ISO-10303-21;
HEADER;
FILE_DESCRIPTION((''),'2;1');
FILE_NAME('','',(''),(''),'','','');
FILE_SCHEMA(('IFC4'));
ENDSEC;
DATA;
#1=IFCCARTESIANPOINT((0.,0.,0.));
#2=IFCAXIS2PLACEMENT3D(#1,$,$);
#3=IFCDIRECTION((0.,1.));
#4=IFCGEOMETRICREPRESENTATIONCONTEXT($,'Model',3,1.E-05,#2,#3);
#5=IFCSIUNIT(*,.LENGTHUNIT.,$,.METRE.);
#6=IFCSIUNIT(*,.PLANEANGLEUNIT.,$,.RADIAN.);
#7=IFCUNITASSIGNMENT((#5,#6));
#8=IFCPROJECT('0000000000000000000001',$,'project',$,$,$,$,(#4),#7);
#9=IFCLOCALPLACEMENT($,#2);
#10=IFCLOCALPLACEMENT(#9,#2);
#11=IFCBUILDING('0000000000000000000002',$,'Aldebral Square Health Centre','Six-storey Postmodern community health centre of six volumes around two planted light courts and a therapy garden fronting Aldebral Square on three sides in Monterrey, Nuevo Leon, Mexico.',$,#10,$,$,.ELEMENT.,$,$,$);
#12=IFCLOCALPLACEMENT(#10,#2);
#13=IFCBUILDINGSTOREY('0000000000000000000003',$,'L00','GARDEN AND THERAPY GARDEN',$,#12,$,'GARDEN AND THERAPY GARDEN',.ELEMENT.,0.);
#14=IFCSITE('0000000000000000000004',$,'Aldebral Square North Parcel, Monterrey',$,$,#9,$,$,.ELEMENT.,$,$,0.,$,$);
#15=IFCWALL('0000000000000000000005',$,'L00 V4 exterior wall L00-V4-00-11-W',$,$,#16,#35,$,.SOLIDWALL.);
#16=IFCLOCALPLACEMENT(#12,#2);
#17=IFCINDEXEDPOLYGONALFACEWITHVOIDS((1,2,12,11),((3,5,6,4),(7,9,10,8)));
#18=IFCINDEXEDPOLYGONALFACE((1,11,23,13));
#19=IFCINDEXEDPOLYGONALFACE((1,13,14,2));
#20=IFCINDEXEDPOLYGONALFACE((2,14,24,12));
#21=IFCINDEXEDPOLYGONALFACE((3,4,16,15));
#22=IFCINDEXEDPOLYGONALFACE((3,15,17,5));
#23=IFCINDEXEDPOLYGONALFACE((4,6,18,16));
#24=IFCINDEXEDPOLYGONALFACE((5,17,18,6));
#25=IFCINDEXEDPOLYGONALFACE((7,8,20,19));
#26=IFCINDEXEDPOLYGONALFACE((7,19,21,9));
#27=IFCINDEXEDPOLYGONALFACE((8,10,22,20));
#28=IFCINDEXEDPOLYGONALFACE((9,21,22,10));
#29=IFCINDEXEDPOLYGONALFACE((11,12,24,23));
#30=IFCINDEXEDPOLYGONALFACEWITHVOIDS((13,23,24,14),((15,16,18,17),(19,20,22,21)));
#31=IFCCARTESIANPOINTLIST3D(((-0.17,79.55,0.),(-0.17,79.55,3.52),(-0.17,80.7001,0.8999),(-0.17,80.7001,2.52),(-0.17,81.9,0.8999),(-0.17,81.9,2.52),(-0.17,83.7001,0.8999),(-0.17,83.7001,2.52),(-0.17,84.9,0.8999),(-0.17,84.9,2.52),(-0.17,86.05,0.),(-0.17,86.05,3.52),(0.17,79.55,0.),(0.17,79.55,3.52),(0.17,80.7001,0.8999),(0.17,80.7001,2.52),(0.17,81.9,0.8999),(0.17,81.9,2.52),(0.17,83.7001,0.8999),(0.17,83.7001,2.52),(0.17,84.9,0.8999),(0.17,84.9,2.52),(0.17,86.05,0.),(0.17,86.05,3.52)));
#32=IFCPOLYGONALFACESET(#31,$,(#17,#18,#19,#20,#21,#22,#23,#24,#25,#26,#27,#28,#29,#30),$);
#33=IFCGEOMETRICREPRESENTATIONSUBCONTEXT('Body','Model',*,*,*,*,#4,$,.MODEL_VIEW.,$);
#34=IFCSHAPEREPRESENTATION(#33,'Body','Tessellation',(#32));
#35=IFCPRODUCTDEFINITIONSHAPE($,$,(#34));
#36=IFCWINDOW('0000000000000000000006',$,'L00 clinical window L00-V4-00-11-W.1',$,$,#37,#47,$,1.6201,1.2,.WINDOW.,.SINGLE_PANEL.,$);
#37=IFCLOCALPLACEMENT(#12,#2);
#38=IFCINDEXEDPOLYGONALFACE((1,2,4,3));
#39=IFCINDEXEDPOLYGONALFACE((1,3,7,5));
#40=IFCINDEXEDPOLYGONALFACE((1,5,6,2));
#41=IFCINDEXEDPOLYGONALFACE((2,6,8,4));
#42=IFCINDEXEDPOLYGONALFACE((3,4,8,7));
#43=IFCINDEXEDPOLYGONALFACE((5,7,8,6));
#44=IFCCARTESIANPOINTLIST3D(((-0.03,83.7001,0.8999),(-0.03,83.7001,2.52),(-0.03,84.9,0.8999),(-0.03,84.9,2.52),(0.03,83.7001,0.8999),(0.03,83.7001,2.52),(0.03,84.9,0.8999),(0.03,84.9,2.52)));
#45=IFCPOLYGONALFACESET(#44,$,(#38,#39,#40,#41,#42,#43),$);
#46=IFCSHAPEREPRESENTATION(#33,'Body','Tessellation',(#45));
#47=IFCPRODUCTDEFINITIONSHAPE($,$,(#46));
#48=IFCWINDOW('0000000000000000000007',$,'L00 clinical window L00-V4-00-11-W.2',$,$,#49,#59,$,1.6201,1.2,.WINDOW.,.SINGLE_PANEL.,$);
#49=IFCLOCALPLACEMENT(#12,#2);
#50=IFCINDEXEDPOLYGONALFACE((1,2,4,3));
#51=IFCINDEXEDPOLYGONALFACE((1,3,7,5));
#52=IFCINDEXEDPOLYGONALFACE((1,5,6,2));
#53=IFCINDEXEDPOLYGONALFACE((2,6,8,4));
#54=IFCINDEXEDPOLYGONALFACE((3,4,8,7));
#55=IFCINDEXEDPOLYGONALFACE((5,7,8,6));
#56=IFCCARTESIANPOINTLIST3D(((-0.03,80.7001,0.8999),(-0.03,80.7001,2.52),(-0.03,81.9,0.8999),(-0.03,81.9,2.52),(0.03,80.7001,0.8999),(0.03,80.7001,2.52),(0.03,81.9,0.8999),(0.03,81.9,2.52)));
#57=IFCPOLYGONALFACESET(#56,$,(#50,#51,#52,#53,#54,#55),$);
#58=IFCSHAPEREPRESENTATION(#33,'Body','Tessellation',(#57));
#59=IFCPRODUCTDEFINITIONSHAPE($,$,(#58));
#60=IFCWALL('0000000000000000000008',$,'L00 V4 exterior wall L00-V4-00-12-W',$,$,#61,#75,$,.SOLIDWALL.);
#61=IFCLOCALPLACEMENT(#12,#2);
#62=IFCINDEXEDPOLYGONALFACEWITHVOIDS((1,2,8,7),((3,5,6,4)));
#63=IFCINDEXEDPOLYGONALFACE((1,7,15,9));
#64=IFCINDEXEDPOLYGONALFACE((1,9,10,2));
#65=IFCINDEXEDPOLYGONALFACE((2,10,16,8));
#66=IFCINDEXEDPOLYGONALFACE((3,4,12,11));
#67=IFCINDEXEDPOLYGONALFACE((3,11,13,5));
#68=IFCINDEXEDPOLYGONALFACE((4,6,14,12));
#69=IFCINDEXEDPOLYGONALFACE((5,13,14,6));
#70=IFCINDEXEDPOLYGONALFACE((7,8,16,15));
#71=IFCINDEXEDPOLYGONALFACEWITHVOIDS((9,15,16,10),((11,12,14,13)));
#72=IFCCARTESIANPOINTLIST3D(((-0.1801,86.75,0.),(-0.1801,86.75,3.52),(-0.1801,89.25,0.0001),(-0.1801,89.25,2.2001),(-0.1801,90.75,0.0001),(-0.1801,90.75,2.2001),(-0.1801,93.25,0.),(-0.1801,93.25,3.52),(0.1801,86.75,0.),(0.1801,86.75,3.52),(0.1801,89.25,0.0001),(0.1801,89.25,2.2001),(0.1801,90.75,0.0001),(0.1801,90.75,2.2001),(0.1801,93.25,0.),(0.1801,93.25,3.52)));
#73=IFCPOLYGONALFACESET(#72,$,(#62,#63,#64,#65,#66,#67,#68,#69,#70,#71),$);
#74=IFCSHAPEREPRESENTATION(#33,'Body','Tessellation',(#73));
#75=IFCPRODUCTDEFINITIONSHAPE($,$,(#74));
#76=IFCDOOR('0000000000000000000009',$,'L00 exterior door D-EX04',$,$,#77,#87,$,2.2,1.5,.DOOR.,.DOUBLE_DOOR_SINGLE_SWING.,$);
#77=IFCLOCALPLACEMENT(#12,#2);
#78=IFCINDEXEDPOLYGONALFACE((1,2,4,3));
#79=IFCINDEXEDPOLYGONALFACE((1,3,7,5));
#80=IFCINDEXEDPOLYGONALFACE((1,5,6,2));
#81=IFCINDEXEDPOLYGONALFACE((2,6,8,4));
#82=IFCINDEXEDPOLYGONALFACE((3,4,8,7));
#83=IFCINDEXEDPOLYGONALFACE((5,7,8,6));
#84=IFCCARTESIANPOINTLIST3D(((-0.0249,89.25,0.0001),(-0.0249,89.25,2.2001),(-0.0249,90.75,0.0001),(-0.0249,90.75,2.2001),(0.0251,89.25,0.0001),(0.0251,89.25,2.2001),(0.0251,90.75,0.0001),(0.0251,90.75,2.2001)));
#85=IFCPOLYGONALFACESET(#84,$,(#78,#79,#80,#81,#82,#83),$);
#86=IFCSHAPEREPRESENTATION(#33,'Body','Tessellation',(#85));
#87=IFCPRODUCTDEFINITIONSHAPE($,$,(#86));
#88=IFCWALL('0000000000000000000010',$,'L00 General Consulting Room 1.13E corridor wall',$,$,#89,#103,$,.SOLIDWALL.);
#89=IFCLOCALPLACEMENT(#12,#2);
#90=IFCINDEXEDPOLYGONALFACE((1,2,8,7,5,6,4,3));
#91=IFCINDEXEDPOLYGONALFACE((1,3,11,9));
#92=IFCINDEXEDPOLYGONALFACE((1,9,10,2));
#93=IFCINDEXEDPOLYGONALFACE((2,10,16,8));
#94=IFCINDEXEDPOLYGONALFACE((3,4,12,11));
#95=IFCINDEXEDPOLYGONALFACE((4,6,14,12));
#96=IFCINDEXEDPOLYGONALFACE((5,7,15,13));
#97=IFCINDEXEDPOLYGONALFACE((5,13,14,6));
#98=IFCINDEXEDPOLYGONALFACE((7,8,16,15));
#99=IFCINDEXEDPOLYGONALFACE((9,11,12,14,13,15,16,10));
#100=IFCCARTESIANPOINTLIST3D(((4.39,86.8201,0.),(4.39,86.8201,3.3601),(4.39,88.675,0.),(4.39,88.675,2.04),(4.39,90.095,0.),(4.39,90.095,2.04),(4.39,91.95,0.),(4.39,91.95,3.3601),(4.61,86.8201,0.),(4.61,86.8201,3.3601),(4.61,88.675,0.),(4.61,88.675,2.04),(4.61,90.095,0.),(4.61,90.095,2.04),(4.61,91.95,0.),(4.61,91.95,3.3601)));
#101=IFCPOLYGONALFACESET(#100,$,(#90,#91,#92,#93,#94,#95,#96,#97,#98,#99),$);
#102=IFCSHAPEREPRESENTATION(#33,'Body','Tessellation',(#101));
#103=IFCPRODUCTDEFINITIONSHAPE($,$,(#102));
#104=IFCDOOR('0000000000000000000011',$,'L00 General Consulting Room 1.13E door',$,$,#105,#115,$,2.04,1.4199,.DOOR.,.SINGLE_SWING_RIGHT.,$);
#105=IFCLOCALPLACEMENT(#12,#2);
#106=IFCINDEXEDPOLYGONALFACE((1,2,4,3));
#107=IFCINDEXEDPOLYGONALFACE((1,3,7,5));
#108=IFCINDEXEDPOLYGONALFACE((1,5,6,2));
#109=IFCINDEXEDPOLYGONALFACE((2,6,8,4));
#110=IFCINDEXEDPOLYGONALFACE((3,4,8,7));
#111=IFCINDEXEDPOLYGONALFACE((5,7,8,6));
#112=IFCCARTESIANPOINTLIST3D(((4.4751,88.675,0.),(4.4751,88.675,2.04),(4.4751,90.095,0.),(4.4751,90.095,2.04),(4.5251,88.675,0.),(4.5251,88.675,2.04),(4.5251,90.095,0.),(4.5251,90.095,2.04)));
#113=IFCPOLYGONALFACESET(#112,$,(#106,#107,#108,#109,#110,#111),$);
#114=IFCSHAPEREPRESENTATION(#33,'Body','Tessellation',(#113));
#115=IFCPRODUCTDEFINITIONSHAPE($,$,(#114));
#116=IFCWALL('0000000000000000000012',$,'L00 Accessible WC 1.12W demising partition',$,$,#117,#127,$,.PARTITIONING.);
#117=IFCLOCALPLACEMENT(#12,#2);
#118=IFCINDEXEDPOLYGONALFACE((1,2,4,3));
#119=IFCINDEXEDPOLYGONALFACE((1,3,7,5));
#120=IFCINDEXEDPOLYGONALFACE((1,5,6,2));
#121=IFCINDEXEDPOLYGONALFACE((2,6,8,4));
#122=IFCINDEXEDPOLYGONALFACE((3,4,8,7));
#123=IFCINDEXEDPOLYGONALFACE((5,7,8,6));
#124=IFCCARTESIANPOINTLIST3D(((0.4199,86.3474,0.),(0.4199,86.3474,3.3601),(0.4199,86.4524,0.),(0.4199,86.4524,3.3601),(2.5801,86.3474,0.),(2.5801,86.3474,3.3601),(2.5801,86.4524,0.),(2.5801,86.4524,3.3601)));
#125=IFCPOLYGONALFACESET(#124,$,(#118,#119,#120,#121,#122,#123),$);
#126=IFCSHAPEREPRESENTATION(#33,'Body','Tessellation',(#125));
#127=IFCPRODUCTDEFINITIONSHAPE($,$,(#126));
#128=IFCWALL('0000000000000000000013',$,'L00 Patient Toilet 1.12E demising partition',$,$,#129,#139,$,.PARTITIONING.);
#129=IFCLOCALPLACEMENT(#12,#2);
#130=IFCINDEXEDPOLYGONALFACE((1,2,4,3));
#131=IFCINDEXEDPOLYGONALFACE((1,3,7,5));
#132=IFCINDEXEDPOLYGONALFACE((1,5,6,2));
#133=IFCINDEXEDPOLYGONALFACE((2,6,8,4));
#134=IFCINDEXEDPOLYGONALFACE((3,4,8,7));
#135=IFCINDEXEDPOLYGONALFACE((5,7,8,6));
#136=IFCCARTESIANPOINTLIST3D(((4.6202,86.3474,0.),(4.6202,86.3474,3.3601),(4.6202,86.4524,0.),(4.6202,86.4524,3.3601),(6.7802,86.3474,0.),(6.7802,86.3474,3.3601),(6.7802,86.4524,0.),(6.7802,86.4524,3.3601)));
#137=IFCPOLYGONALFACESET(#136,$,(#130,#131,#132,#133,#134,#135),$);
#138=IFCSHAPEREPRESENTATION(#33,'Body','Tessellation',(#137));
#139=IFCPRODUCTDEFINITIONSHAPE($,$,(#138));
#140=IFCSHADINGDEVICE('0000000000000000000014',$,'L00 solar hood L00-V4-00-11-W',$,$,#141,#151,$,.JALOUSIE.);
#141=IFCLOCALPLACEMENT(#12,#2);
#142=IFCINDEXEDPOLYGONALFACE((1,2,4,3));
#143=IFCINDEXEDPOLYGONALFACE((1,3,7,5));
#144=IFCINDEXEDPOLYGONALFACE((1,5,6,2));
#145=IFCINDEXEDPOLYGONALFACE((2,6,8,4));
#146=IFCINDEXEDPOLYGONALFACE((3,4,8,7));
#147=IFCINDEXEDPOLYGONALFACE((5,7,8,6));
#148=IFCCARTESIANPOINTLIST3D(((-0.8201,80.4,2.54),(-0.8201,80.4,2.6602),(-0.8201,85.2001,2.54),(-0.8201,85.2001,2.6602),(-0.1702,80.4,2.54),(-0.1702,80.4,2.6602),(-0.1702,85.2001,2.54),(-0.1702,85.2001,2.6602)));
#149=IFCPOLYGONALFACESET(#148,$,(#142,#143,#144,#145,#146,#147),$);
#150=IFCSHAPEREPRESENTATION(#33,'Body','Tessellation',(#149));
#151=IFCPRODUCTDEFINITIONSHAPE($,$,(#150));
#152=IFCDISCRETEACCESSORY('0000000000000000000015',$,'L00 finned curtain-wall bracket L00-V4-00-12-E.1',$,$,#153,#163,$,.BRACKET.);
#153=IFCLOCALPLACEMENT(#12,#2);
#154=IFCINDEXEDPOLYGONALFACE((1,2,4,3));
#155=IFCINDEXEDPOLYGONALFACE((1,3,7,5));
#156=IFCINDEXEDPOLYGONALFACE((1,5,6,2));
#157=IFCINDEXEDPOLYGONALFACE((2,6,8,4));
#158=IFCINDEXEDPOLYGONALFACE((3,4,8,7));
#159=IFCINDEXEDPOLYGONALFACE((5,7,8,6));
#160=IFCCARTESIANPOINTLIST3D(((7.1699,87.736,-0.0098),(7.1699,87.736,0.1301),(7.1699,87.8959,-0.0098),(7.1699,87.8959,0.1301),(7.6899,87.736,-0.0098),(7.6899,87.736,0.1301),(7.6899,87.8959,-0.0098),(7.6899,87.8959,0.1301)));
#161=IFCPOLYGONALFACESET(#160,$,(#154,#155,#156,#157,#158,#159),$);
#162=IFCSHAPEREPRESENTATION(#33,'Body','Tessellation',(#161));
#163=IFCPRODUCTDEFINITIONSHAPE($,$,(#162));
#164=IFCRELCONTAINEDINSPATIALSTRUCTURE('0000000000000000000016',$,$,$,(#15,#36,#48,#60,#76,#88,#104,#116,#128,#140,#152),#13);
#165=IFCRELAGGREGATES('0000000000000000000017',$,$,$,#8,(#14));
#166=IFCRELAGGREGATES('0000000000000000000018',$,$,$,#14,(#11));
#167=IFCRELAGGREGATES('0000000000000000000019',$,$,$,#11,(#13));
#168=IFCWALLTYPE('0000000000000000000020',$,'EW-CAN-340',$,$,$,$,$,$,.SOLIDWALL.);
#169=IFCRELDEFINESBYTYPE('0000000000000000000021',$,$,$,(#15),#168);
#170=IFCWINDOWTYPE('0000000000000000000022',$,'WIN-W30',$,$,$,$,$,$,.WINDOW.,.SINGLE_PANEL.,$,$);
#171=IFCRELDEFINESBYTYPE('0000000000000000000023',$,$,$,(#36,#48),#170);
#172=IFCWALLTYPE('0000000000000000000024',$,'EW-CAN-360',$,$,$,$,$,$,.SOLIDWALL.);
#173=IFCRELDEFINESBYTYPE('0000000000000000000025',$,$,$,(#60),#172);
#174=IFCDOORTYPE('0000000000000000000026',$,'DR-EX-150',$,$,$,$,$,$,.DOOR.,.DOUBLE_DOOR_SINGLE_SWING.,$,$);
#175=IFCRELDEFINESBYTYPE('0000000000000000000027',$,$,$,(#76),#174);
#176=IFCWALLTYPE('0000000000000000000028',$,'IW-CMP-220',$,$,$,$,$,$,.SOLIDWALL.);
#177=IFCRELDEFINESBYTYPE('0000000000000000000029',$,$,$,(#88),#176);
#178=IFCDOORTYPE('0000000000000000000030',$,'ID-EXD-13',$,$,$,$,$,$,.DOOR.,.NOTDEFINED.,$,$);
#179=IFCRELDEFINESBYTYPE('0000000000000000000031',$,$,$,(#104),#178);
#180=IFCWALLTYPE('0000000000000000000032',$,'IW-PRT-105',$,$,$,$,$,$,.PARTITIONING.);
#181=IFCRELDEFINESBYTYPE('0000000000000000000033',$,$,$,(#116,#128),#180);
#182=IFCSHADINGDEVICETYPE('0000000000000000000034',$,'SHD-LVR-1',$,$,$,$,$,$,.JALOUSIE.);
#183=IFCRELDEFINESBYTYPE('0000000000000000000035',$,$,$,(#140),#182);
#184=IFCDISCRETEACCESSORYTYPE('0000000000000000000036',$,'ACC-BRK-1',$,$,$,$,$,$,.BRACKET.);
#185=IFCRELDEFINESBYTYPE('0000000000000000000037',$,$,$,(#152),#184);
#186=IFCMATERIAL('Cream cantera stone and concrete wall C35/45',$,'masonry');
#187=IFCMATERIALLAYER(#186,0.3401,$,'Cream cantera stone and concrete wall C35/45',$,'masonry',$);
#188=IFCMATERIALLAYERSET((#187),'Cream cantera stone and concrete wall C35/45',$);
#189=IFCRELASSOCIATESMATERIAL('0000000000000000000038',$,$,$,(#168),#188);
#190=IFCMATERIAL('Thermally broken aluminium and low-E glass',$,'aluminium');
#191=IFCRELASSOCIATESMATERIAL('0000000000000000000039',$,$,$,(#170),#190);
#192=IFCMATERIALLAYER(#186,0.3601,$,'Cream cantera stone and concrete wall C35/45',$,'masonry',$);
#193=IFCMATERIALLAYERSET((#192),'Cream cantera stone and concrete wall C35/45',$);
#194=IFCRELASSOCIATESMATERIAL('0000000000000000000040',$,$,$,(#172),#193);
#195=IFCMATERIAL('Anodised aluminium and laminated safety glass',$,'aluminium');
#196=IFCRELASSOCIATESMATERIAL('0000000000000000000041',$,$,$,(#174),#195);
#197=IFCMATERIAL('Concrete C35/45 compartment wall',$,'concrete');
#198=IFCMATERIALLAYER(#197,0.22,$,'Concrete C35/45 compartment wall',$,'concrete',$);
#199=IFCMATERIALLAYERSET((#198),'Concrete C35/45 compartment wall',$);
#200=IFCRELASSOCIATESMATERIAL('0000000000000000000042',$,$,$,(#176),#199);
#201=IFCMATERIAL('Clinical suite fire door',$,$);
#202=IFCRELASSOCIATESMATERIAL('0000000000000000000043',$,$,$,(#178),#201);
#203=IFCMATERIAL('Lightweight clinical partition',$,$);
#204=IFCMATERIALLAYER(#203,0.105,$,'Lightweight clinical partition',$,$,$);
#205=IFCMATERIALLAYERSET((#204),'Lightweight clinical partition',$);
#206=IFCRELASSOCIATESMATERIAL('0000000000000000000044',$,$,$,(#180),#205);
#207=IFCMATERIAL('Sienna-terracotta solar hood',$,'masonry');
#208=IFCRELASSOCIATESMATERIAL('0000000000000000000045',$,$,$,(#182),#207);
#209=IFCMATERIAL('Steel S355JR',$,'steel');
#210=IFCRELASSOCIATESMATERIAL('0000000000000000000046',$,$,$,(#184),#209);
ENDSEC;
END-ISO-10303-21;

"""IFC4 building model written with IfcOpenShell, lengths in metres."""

from ifc_helpers import new_model, si_unit, direction, frame, frame_2d, origin, origin_2d, place, context, subcontext, project, spatial, rectangle, extrude, material, layer, layer_set, type_object, element, fill, save


model = new_model("IFC4")

# Units and contexts
model_context = context("Model", 3, precision=1e-05, world=origin(), true_north=direction((0.0, 1.0)))
body_context = subcontext(model_context, "Body", "Model", "MODEL_VIEW")
ifc_project = project(units=[si_unit("LENGTHUNIT", "METRE"), si_unit("PLANEANGLEUNIT", "RADIAN")], contexts=[model_context])

# Site, building, storey
site_placement = place(None, origin())
site = spatial("IfcSite", under=ifc_project, at=site_placement, Name="Aldebral Square North Parcel, Monterrey", CompositionType="ELEMENT", RefElevation=0.0)
building_placement = place(site_placement, origin())
building = spatial("IfcBuilding", under=site, at=building_placement, Name="Aldebral Square Health Centre", Description="Six-storey Postmodern community health centre of six volumes around two planted light courts and a therapy garden fronting Aldebral Square on three sides in Monterrey, Nuevo Leon, Mexico.", CompositionType="ELEMENT")
storey_placement = place(building_placement, origin())
storey = spatial("IfcBuildingStorey", under=building, at=storey_placement, Name="L00", Description="GARDEN AND THERAPY GARDEN", LongName="GARDEN AND THERAPY GARDEN", CompositionType="ELEMENT", Elevation=0.0)

# Wall, openings, windows
ifc_material_1 = material(Name="Cream cantera stone and concrete wall C35/45", Category="masonry")
ifc_layer_1 = layer(ifc_material_1, 0.3401, Name="Cream cantera stone and concrete wall C35/45", Category="masonry")
ifc_layer_set_1 = layer_set([ifc_layer_1], Name="Cream cantera stone and concrete wall C35/45")
wall_type_1 = type_object("IfcWallType", Name="EW-CAN-340", PredefinedType="SOLIDWALL", material=ifc_layer_set_1)
wall_1_placement = place(storey_placement, frame((0.0, 86.05, 0.0), z_axis=(0.0, 0.0, 1.0), x_axis=(0.0, -1.0, 0.0)))
wall_1 = element("IfcWall", 1, at=wall_1_placement, inside=storey, type_object=wall_type_1, Name="L00 V4 exterior wall L00-V4-00-11-W", PredefinedType="SOLIDWALL", context=body_context, shape_type="SweptSolid", body=[
    extrude(rectangle(XDim=6.5, YDim=0.3401, at=frame_2d((3.25, 0.0))), origin(), (0.0, 0.0, 1.0), 3.52),
])
opening_1_placement = place(wall_1_placement, frame((1.1499, 0.0, 0.8999)))
opening_1 = element("IfcOpeningElement", 2, at=opening_1_placement, cuts=wall_1, PredefinedType="OPENING", context=body_context, shape_type="SweptSolid", body=[
    extrude(rectangle(XDim=1.2, YDim=1.6201, at=frame_2d((0.6001, 0.8101))), frame((0.0, 0.1802, 0.0), z_axis=(0.0, -1.0, 0.0), x_axis=(1.0, 0.0, 0.0)), (0.0, 0.0, 1.0), 0.3601),
])
opening_2_placement = place(wall_1_placement, frame((4.1499, 0.0, 0.8999)))
opening_2 = element("IfcOpeningElement", 3, at=opening_2_placement, cuts=wall_1, PredefinedType="OPENING", context=body_context, shape_type="SweptSolid", body=[
    extrude(rectangle(XDim=1.2, YDim=1.6201, at=frame_2d((0.6001, 0.8101))), frame((0.0, 0.1802, 0.0), z_axis=(0.0, -1.0, 0.0), x_axis=(1.0, 0.0, 0.0)), (0.0, 0.0, 1.0), 0.3601),
])
ifc_material_2 = material(Name="Thermally broken aluminium and low-E glass", Category="aluminium")
window_type = type_object("IfcWindowType", Name="WIN-W30", PartitioningType="SINGLE_PANEL", PredefinedType="WINDOW", material=ifc_material_2)
window_1_placement = place(opening_1_placement, origin())
window_1 = element("IfcWindow", 4, at=window_1_placement, inside=storey, type_object=window_type, Name="L00 clinical window L00-V4-00-11-W.1", OverallHeight=1.6201, OverallWidth=1.2, PartitioningType="SINGLE_PANEL", PredefinedType="WINDOW", context=body_context, shape_type="SweptSolid", body=[
    extrude(rectangle(XDim=1.2, YDim=1.6201, at=frame_2d((0.6001, 0.8101))), frame((0.0, 0.03, 0.0), z_axis=(0.0, -1.0, 0.0), x_axis=(1.0, 0.0, 0.0)), (0.0, 0.0, 1.0), 0.0601),
])
fill(opening_1, window_1)
window_2_placement = place(opening_2_placement, origin())
window_2 = element("IfcWindow", 5, at=window_2_placement, inside=storey, type_object=window_type, Name="L00 clinical window L00-V4-00-11-W.2", OverallHeight=1.6201, OverallWidth=1.2, PartitioningType="SINGLE_PANEL", PredefinedType="WINDOW", context=body_context, shape_type="SweptSolid", body=[
    extrude(rectangle(XDim=1.2, YDim=1.6201, at=frame_2d((0.6001, 0.8101))), frame((0.0, 0.03, 0.0), z_axis=(0.0, -1.0, 0.0), x_axis=(1.0, 0.0, 0.0)), (0.0, 0.0, 1.0), 0.0601),
])
fill(opening_2, window_2)

# Walls, openings, doors
ifc_layer_2 = layer(ifc_material_1, 0.3601, Name="Cream cantera stone and concrete wall C35/45", Category="masonry")
ifc_layer_set_2 = layer_set([ifc_layer_2], Name="Cream cantera stone and concrete wall C35/45")
wall_type_2 = type_object("IfcWallType", Name="EW-CAN-360", PredefinedType="SOLIDWALL", material=ifc_layer_set_2)
wall_2_placement = place(storey_placement, frame((0.0, 86.75, 0.0), z_axis=(0.0, 0.0, 1.0), x_axis=(0.0, 1.0, 0.0)))
wall_2 = element("IfcWall", 6, at=wall_2_placement, inside=storey, type_object=wall_type_2, Name="L00 V4 exterior wall L00-V4-00-12-W", PredefinedType="SOLIDWALL", context=body_context, shape_type="SweptSolid", body=[
    extrude(rectangle(XDim=6.5, YDim=0.3601, at=frame_2d((3.25, 0.0))), origin(), (0.0, 0.0, 1.0), 3.52),
])
opening_3_placement = place(wall_2_placement, frame((2.5, 0.0, 0.0)))
opening_3 = element("IfcOpeningElement", 7, at=opening_3_placement, cuts=wall_2, PredefinedType="OPENING", context=body_context, shape_type="SweptSolid", body=[
    extrude(rectangle(XDim=1.5, YDim=2.2, at=frame_2d((0.75, 1.1001))), frame((0.0, 0.1899, 0.0), z_axis=(0.0, -1.0, 0.0), x_axis=(1.0, 0.0, 0.0)), (0.0, 0.0, 1.0), 0.3801),
])
ifc_material_3 = material(Name="Anodised aluminium and laminated safety glass", Category="aluminium")
door_type_1 = type_object("IfcDoorType", Name="DR-EX-150", OperationType="DOUBLE_DOOR_SINGLE_SWING", PredefinedType="DOOR", material=ifc_material_3)
door_1_placement = place(opening_3_placement, origin())
door_1 = element("IfcDoor", 8, at=door_1_placement, inside=storey, type_object=door_type_1, Name="L00 exterior door D-EX04", OperationType="DOUBLE_DOOR_SINGLE_SWING", OverallHeight=2.2, OverallWidth=1.5, PredefinedType="DOOR", context=body_context, shape_type="SweptSolid", body=[
    extrude(rectangle(XDim=1.5, YDim=2.2, at=frame_2d((0.75, 1.1001))), frame((0.0, 0.0249, 0.0), z_axis=(0.0, -1.0, 0.0), x_axis=(1.0, 0.0, 0.0)), (0.0, 0.0, 1.0), 0.05),
])
fill(opening_3, door_1)
ifc_material_4 = material(Name="Concrete C35/45 compartment wall", Category="concrete")
ifc_layer_3 = layer(ifc_material_4, 0.22, Name="Concrete C35/45 compartment wall", Category="concrete")
ifc_layer_set_3 = layer_set([ifc_layer_3], Name="Concrete C35/45 compartment wall")
wall_type_3 = type_object("IfcWallType", Name="IW-CMP-220", PredefinedType="SOLIDWALL", material=ifc_layer_set_3)
wall_3_placement = place(storey_placement, frame((4.5, 86.8201, 0.0), z_axis=(0.0, 0.0, 1.0), x_axis=(0.0, 1.0, 0.0)))
wall_3 = element("IfcWall", 9, at=wall_3_placement, inside=storey, type_object=wall_type_3, Name="L00 General Consulting Room 1.13E corridor wall", PredefinedType="SOLIDWALL", context=body_context, shape_type="SweptSolid", body=[
    extrude(rectangle(XDim=5.1299, YDim=0.22, at=frame_2d((2.5649, 0.0))), origin(), (0.0, 0.0, 1.0), 3.3601),
])
opening_4_placement = place(wall_3_placement, frame((1.855, 0.0, 0.0)))
opening_4 = element("IfcOpeningElement", 10, at=opening_4_placement, cuts=wall_3, PredefinedType="OPENING", context=body_context, shape_type="SweptSolid", body=[
    extrude(rectangle(XDim=1.4199, YDim=2.04, at=frame_2d((0.71, 1.02))), frame((0.0, 0.1201, 0.0), z_axis=(0.0, -1.0, 0.0), x_axis=(1.0, 0.0, 0.0)), (0.0, 0.0, 1.0), 0.24),
])
ifc_material_5 = material(Name="Clinical suite fire door")
door_type_2 = type_object("IfcDoorType", Name="ID-EXD-13", OperationType="NOTDEFINED", PredefinedType="DOOR", material=ifc_material_5)
door_2_placement = place(opening_4_placement, origin())
door_2 = element("IfcDoor", 11, at=door_2_placement, inside=storey, type_object=door_type_2, Name="L00 General Consulting Room 1.13E door", OperationType="SINGLE_SWING_RIGHT", OverallHeight=2.04, OverallWidth=1.4199, PredefinedType="DOOR", context=body_context, shape_type="SweptSolid", body=[
    extrude(rectangle(XDim=1.4199, YDim=2.04, at=frame_2d((0.71, 1.02))), frame((0.0, 0.0249, 0.0), z_axis=(0.0, -1.0, 0.0), x_axis=(1.0, 0.0, 0.0)), (0.0, 0.0, 1.0), 0.05),
])
fill(opening_4, door_2)

# Walls
ifc_material_6 = material(Name="Lightweight clinical partition")
ifc_layer_4 = layer(ifc_material_6, 0.105, Name="Lightweight clinical partition")
ifc_layer_set_4 = layer_set([ifc_layer_4], Name="Lightweight clinical partition")
wall_type_4 = type_object("IfcWallType", Name="IW-PRT-105", PredefinedType="PARTITIONING", material=ifc_layer_set_4)
wall_4_placement = place(storey_placement, frame((0.4199, 86.3999, 0.0), z_axis=(0.0, 0.0, 1.0), x_axis=(1.0, 0.0, 0.0)))
element("IfcWall", 12, at=wall_4_placement, inside=storey, type_object=wall_type_4, Name="L00 Accessible WC 1.12W demising partition", PredefinedType="PARTITIONING", context=body_context, shape_type="SweptSolid", body=[
    extrude(rectangle(XDim=2.1602, YDim=0.105, at=frame_2d((1.0801, 0.0))), origin(), (0.0, 0.0, 1.0), 3.3601),
])
wall_5_placement = place(storey_placement, frame((4.6201, 86.3999, 0.0), z_axis=(0.0, 0.0, 1.0), x_axis=(1.0, 0.0, 0.0)))
element("IfcWall", 13, at=wall_5_placement, inside=storey, type_object=wall_type_4, Name="L00 Patient Toilet 1.12E demising partition", PredefinedType="PARTITIONING", context=body_context, shape_type="SweptSolid", body=[
    extrude(rectangle(XDim=2.1599, YDim=0.105, at=frame_2d((1.0801, 0.0))), origin(), (0.0, 0.0, 1.0), 3.3601),
])

# Shading device
ifc_material_7 = material(Name="Sienna-terracotta solar hood", Category="masonry")
shading_device_type = type_object("IfcShadingDeviceType", Name="SHD-LVR-1", PredefinedType="JALOUSIE", material=ifc_material_7)
shading_device_placement = place(storey_placement, frame((-0.4951, 82.8, 2.54), z_axis=(0.0, 0.0, 1.0), x_axis=(0.0, 1.0, 0.0)))
element("IfcShadingDevice", 14, at=shading_device_placement, inside=storey, type_object=shading_device_type, Name="L00 solar hood L00-V4-00-11-W", PredefinedType="JALOUSIE", context=body_context, shape_type="SweptSolid", body=[
    extrude(rectangle(XDim=4.8, YDim=0.6499, at=origin_2d()), origin(), (0.0, 0.0, 1.0), 0.1201),
])

# Discrete accessory
ifc_material_8 = material(Name="Steel S355JR", Category="steel")
discrete_accessory_type = type_object("IfcDiscreteAccessoryType", Name="ACC-BRK-1", PredefinedType="BRACKET", material=ifc_material_8)
for number, where, z_axis, x_axis, name in (
    (15, (7.4299, 87.8159, -0.0098), (0.0, 0.0, 1.0), (0.0, 1.0, 0.0), "L00 finned curtain-wall bracket L00-V4-00-12-E.1"),
):
    element("IfcDiscreteAccessory", number, at=place(storey_placement, frame(where, z_axis=z_axis, x_axis=x_axis)), inside=storey, type_object=discrete_accessory_type, Name=name, PredefinedType="BRACKET", context=body_context, shape_type="SweptSolid", body=[
        extrude(rectangle(XDim=0.1599, YDim=0.52, at=origin_2d()), origin(), (0.0, 0.0, 1.0), 0.1399),
    ])

save(model, "model.ifc")
